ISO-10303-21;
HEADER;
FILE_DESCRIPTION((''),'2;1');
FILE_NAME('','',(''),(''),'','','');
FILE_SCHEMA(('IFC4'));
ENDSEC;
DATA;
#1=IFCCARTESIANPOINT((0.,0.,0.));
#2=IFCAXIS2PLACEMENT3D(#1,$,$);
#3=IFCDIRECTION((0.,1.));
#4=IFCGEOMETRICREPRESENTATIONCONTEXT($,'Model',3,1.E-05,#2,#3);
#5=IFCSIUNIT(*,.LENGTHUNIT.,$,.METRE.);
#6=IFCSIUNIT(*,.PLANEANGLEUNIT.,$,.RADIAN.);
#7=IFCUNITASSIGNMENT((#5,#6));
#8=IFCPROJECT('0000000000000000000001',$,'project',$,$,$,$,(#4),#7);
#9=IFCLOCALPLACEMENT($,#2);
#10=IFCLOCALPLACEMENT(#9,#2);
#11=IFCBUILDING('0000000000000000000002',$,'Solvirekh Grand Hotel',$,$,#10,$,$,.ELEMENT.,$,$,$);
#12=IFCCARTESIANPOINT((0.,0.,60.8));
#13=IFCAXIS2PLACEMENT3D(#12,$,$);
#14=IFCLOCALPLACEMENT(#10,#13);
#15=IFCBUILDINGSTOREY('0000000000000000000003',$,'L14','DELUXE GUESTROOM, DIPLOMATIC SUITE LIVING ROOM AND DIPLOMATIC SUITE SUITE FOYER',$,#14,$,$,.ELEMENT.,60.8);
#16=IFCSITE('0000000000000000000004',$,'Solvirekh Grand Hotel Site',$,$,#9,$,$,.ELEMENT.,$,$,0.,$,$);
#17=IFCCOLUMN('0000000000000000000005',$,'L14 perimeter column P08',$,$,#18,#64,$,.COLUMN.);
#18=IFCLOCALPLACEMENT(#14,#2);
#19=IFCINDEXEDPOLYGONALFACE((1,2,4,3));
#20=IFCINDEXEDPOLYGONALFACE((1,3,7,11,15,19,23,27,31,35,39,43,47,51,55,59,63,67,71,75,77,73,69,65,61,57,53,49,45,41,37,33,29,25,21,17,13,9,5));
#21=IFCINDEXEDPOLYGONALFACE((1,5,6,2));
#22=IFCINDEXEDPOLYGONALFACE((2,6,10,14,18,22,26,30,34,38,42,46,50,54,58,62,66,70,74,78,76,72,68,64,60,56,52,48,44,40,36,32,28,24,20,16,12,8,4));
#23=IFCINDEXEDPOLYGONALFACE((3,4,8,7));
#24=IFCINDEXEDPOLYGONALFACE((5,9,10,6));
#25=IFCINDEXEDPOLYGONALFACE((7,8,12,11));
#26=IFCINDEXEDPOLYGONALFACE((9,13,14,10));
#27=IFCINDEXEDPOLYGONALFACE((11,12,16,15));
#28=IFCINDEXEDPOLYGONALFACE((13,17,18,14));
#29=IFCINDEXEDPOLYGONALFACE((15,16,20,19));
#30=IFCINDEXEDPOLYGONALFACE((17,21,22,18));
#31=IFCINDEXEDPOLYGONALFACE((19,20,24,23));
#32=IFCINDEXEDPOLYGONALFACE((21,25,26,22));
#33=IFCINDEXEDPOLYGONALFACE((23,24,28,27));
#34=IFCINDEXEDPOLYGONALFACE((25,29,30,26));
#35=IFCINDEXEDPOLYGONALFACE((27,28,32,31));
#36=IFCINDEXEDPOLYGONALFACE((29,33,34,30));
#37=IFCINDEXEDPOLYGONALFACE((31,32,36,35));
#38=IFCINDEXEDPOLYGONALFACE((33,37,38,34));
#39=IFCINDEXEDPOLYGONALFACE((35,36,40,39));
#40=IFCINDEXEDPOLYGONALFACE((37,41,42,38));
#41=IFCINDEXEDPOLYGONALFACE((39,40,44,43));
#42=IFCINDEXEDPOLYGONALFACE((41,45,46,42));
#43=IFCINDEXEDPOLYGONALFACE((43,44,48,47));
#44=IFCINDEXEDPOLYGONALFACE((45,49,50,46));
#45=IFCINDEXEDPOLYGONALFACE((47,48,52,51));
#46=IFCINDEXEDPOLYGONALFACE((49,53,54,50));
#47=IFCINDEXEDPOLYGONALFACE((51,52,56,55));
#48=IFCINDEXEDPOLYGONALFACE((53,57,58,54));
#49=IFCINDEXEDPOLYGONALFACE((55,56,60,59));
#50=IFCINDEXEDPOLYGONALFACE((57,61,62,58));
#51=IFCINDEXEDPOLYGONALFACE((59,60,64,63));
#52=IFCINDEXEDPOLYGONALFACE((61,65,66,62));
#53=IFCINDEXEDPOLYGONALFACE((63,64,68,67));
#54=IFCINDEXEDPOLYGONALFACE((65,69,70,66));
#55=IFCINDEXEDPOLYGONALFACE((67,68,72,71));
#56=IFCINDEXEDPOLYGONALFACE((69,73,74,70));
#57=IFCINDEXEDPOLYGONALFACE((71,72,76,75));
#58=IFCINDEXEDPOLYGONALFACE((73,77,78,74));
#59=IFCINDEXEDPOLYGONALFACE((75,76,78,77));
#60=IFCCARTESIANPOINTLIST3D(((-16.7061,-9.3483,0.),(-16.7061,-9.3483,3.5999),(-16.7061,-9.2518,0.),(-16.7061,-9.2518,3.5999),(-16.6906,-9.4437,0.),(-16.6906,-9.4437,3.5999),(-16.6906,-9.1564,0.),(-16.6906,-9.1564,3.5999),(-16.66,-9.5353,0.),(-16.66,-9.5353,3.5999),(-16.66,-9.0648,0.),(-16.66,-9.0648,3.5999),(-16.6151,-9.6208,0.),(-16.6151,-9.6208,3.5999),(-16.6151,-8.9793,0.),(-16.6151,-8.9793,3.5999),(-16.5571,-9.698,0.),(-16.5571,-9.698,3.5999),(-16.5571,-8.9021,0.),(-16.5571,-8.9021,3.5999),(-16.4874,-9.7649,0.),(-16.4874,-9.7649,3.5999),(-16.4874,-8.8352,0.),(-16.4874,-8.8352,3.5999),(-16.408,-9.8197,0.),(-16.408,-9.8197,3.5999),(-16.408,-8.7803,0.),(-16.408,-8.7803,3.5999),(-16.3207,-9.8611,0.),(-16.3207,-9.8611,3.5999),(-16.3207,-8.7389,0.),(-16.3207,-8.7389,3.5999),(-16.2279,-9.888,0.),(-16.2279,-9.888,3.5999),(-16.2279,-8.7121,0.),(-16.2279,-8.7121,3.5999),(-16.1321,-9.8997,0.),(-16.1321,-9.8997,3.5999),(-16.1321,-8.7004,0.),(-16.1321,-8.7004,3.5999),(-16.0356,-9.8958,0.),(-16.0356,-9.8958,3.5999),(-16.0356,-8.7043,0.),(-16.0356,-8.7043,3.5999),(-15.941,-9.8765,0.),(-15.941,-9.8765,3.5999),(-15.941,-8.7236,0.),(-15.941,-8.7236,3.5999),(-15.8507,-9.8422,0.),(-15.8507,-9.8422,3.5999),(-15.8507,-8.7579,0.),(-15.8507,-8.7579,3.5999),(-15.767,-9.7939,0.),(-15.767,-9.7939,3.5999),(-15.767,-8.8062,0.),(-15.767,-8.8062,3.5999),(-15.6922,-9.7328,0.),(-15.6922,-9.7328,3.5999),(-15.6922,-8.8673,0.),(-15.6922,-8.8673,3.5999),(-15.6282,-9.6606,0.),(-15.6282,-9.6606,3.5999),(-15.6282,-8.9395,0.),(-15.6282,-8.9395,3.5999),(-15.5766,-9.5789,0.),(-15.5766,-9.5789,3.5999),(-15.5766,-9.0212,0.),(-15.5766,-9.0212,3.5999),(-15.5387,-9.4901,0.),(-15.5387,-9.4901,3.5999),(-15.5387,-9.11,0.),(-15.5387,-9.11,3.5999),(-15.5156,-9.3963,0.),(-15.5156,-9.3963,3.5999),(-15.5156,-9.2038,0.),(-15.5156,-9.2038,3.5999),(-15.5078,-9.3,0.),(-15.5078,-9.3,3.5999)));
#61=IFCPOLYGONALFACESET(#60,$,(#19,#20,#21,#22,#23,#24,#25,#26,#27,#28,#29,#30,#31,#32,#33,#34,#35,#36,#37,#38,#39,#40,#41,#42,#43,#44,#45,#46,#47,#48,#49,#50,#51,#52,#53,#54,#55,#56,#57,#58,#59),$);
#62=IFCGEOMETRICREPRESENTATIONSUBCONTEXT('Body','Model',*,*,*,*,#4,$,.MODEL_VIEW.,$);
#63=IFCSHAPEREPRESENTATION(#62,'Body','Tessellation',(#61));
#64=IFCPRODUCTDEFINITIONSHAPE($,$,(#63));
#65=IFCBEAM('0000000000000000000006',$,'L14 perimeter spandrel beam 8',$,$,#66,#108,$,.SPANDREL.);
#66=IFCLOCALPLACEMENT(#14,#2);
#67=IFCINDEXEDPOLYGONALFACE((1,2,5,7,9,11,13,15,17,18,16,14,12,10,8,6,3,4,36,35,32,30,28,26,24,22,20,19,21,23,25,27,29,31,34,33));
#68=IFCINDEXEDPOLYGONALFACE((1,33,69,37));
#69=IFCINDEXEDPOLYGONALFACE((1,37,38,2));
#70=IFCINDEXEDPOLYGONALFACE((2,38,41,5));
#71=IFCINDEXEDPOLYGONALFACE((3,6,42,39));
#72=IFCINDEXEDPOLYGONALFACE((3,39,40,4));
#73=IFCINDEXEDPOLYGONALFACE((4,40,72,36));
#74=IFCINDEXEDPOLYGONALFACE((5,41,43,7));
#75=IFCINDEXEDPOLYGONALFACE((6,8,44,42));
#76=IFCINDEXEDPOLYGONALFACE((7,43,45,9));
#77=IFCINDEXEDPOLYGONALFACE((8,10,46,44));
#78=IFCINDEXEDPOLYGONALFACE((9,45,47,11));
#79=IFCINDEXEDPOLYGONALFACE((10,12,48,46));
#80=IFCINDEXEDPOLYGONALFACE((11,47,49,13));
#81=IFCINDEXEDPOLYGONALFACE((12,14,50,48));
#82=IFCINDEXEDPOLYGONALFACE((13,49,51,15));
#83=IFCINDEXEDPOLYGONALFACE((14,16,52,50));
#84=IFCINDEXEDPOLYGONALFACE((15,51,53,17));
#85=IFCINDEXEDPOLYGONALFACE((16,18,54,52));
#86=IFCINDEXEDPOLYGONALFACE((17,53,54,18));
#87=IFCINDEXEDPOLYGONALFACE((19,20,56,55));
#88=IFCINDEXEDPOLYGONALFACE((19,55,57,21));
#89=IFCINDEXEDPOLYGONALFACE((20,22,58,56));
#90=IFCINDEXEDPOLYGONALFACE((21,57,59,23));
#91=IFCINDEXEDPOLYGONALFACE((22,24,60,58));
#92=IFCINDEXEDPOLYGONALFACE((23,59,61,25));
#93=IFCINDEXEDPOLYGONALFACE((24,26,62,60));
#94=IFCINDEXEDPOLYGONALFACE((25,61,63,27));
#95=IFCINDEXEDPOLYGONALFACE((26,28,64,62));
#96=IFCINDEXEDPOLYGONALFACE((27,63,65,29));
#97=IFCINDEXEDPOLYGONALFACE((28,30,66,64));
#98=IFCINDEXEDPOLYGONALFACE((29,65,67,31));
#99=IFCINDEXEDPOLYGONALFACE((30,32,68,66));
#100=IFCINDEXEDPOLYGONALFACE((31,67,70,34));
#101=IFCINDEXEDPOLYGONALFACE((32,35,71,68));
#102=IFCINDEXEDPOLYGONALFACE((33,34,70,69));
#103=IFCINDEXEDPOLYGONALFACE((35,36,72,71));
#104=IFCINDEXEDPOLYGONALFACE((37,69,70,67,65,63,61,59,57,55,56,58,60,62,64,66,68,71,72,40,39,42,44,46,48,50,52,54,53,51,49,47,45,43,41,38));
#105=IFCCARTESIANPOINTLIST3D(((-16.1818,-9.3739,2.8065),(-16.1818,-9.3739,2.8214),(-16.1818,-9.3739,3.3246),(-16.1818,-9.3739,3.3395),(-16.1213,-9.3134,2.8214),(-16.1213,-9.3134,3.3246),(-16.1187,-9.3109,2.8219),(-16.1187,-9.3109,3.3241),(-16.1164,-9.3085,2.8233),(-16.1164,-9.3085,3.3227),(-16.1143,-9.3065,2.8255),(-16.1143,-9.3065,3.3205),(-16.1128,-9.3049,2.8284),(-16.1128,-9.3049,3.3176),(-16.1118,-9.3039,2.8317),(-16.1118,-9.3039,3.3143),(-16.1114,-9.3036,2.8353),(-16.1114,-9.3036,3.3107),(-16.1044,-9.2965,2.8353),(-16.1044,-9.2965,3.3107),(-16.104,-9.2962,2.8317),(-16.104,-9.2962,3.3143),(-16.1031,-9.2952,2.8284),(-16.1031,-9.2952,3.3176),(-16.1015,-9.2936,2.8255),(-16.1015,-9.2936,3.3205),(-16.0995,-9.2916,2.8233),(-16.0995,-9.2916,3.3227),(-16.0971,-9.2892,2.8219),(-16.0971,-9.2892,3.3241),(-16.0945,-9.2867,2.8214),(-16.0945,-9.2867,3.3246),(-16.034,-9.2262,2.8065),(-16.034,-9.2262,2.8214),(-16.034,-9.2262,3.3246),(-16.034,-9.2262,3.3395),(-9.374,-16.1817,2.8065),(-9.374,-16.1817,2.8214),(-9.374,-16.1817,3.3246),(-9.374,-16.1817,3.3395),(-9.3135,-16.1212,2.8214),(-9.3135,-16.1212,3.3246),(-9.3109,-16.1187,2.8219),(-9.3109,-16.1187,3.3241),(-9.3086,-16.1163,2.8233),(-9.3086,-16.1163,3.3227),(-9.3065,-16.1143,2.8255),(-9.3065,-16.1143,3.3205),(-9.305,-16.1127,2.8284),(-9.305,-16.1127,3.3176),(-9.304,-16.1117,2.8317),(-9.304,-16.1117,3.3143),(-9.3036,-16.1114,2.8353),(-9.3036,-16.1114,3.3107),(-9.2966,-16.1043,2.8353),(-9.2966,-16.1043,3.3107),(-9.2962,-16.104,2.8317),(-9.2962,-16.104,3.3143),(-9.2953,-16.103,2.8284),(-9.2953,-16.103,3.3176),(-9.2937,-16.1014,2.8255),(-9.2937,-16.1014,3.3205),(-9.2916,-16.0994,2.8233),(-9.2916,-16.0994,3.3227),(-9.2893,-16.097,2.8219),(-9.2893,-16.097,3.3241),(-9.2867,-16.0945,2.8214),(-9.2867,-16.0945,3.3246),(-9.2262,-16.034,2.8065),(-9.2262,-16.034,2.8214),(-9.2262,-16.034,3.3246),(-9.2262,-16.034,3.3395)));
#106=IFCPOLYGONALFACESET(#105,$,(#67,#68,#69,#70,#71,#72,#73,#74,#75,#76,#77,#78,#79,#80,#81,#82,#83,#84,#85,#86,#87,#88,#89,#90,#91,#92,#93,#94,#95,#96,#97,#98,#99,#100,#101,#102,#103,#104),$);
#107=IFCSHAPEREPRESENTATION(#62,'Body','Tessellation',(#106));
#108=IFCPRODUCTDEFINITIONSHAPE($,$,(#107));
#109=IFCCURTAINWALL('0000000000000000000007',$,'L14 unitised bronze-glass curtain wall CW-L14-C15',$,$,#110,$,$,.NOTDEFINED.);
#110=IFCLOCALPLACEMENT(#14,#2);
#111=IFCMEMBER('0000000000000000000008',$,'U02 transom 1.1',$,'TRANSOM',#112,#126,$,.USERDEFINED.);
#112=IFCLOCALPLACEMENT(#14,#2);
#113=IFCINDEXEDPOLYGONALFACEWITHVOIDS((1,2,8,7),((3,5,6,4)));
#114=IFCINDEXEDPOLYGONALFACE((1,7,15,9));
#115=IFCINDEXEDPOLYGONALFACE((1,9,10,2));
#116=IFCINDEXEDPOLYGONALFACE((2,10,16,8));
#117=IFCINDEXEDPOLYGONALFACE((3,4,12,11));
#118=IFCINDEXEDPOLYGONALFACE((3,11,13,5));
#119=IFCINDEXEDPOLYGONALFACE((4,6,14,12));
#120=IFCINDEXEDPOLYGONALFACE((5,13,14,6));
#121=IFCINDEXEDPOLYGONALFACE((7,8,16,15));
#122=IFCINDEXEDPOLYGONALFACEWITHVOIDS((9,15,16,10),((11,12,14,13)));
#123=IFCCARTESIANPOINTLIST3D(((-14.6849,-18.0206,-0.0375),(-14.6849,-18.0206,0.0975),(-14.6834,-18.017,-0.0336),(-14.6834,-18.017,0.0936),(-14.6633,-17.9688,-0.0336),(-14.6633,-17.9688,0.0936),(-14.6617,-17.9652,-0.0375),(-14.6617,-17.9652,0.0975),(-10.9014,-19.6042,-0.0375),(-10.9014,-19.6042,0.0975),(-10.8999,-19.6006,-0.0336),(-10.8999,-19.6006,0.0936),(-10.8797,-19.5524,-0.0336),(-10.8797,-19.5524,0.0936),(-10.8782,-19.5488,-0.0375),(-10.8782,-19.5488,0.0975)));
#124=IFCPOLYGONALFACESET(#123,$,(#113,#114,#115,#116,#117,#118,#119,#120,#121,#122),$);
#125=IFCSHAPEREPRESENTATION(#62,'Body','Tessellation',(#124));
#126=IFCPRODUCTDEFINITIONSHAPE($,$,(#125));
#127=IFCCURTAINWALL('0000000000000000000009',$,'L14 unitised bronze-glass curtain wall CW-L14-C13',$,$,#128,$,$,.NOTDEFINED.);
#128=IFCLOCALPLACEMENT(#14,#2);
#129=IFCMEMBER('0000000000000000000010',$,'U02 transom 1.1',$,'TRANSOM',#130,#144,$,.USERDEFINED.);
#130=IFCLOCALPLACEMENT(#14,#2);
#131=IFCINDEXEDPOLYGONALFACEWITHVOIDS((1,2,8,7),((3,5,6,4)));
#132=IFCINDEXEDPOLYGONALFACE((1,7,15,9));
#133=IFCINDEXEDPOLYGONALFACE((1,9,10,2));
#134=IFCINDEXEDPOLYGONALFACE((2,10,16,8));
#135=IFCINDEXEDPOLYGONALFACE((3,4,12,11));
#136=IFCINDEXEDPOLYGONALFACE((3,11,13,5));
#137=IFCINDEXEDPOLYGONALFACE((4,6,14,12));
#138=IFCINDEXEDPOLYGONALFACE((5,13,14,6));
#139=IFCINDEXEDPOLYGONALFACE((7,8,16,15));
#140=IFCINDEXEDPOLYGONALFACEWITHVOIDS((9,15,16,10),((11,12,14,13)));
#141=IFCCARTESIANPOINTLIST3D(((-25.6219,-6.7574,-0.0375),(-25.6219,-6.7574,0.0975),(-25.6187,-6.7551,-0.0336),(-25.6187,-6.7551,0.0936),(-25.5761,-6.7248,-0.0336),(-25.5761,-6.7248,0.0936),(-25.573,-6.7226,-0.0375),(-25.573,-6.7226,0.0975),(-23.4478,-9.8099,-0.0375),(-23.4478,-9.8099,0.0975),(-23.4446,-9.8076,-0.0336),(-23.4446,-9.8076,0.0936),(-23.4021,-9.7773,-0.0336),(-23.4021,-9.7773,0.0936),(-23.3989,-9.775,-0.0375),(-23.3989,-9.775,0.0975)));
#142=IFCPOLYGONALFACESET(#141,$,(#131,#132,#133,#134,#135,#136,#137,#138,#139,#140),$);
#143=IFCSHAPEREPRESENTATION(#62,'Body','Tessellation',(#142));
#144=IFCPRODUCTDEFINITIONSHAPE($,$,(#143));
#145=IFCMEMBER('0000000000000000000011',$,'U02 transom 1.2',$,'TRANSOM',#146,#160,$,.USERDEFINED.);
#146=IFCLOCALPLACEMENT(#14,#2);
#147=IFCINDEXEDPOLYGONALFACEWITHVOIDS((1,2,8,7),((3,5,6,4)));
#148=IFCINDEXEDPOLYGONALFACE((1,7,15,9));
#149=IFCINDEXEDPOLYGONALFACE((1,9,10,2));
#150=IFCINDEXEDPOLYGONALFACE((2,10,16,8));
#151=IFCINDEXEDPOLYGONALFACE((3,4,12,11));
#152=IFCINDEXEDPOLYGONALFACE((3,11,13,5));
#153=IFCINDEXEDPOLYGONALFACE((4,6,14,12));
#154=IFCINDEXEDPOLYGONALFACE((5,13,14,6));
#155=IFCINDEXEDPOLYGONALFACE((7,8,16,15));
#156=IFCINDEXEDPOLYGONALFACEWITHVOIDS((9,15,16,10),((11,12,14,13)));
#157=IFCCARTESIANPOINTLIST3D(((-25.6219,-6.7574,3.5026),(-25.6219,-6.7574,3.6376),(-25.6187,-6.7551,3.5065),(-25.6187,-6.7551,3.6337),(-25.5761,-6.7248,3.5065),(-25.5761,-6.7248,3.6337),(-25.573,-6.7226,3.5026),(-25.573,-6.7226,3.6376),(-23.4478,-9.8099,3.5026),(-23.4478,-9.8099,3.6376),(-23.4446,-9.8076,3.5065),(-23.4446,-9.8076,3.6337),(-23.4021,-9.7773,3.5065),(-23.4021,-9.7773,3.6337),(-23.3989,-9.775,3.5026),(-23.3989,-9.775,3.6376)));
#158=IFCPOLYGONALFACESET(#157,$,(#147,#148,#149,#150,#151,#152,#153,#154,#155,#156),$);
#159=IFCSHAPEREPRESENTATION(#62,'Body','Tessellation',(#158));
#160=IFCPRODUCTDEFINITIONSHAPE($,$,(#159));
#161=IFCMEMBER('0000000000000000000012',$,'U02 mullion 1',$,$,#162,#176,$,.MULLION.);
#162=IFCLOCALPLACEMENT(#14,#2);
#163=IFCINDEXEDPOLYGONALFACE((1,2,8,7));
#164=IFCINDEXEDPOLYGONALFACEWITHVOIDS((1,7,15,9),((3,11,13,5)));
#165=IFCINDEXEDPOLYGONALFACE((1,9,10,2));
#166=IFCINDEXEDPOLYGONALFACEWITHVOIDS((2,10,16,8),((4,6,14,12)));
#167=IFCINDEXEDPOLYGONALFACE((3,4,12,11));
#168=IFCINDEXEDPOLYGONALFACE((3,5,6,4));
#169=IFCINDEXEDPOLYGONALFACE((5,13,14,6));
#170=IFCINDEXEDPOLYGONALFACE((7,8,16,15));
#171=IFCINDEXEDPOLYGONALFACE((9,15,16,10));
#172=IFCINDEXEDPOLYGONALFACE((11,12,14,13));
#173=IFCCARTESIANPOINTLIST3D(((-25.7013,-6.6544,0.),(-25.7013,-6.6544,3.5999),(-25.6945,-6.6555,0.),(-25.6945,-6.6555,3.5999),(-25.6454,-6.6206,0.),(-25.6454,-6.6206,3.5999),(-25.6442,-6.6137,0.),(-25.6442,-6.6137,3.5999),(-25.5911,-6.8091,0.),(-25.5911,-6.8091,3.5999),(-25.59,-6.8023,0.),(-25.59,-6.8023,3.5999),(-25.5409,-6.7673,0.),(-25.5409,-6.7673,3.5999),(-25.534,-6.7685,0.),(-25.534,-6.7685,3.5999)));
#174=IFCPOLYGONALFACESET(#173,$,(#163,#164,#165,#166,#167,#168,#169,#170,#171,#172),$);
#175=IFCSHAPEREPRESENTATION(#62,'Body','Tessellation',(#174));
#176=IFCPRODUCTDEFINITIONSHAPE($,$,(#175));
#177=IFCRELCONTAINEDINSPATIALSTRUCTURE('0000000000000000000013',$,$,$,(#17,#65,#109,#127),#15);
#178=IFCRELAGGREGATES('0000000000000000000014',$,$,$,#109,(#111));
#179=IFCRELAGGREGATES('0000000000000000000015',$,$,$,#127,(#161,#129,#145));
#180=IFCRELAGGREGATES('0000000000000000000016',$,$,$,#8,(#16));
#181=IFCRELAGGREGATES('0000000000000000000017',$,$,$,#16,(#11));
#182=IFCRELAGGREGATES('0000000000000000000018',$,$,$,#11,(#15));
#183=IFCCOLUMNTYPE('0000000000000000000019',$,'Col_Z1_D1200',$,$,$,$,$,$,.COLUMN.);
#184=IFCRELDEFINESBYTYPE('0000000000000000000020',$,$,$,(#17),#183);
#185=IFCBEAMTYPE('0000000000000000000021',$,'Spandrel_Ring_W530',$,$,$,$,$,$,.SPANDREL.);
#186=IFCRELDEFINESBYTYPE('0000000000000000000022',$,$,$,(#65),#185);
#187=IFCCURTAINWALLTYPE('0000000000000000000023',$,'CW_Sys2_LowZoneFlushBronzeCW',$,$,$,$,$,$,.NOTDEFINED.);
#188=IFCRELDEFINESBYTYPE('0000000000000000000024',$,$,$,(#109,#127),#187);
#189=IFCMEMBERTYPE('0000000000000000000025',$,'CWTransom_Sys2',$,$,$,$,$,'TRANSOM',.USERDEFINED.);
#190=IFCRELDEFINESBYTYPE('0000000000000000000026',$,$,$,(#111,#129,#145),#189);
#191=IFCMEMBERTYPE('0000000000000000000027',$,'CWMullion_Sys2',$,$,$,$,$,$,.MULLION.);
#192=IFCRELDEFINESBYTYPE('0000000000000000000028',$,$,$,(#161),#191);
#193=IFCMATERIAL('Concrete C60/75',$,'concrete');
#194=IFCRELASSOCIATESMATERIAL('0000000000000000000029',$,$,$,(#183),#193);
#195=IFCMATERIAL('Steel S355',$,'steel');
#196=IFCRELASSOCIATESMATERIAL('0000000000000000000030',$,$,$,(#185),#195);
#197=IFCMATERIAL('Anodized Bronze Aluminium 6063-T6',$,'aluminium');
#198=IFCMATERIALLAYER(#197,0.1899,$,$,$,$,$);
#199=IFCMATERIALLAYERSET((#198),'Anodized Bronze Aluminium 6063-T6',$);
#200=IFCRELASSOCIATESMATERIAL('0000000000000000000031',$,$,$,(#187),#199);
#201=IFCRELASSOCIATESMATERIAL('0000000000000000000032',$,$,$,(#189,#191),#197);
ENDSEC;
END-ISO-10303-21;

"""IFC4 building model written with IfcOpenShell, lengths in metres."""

from ifc_helpers import new_model, si_unit, direction, frame, origin, origin_2d, place, context, subcontext, project, spatial, hollow_rectangle, circle, i_section, extrude, source, transform, mapped, material, layer, layer_set, material_profile, profile_set, type_object, element, aggregate, save


model = new_model("IFC4")

# Units and contexts
model_context = context("Model", 3, precision=1e-05, world=origin(), true_north=direction((0.0, 1.0)))
body_context = subcontext(model_context, "Body", "Model", "MODEL_VIEW")
ifc_project = project(units=[si_unit("LENGTHUNIT", "METRE"), si_unit("PLANEANGLEUNIT", "RADIAN")], contexts=[model_context])

# Site, building, storey
site_placement = place(None, origin())
site = spatial("IfcSite", under=ifc_project, at=site_placement, Name="Solvirekh Grand Hotel Site", CompositionType="ELEMENT", RefElevation=0.0)
building_placement = place(site_placement, origin())
building = spatial("IfcBuilding", under=site, at=building_placement, Name="Solvirekh Grand Hotel", CompositionType="ELEMENT")
storey_placement = place(building_placement, frame((0.0, 0.0, 60.8)))
storey = spatial("IfcBuildingStorey", under=building, at=storey_placement, Name="L14", Description="DELUXE GUESTROOM, DIPLOMATIC SUITE LIVING ROOM AND DIPLOMATIC SUITE SUITE FOYER", CompositionType="ELEMENT", Elevation=60.8)

# Column
ifc_material_1 = material(Name="Concrete C60/75", Category="concrete")
ifc_material_profile_1 = material_profile(ifc_material_1, circle(Radius=0.6001, at=origin_2d()), Name="RC CIRC D1200")
ifc_profile_set_1 = profile_set([ifc_material_profile_1], Name="Concrete C60/75")
column_type = type_object("IfcColumnType", Name="Col_Z1_D1200", PredefinedType="COLUMN", material=ifc_profile_set_1)
column_placement = place(storey_placement, frame((-16.1079, -9.3, 0.0), z_axis=(0.0, 0.0, 1.0), x_axis=(1.0, 0.0, 0.0)))
element("IfcColumn", 1, at=column_placement, inside=storey, type_object=column_type, Name="L14 perimeter column P08", PredefinedType="COLUMN", context=body_context, shape_type="SweptSolid", body=[
    extrude(circle(Radius=0.6001, at=origin_2d()), origin(), (0.0, 0.0, 1.0), 3.5999),
])

# Beam
ifc_material_2 = material(Name="Steel S355", Category="steel")
ifc_material_profile_2 = material_profile(ifc_material_2, i_section(OverallWidth=0.209, OverallDepth=0.533, WebThickness=0.01, FlangeThickness=0.0149, FilletRadius=0.0139, at=origin_2d()), Name="W530X92")
ifc_profile_set_2 = profile_set([ifc_material_profile_2], Name="Steel S355")
beam_type = type_object("IfcBeamType", Name="Spandrel_Ring_W530", PredefinedType="SPANDREL", material=ifc_profile_set_2)
beam_placement = place(storey_placement, frame((-16.1079, -9.3, 3.073), z_axis=(0.707107, -0.707107, 0.0), x_axis=(0.707107, 0.707107, 0.0)))
element("IfcBeam", 2, at=beam_placement, inside=storey, type_object=beam_type, Name="L14 perimeter spandrel beam 8", PredefinedType="SPANDREL", context=body_context, shape_type="SweptSolid", body=[
    extrude(i_section(OverallWidth=0.209, OverallDepth=0.533, WebThickness=0.01, FlangeThickness=0.0149, FilletRadius=0.0139, at=origin_2d()), origin(), (0.0, 0.0, 1.0), 9.6277),
])

# Curtain wall, member
ifc_material_3 = material(Name="Anodized Bronze Aluminium 6063-T6", Category="aluminium")
ifc_layer_1 = layer(ifc_material_3, 0.1899)
ifc_layer_set_1 = layer_set([ifc_layer_1], Name="Anodized Bronze Aluminium 6063-T6")
curtain_wall_type = type_object("IfcCurtainWallType", Name="CW_Sys2_LowZoneFlushBronzeCW", PredefinedType="NOTDEFINED", material=ifc_layer_set_1)
curtain_wall_1_placement = place(storey_placement, origin())
curtain_wall_1 = element("IfcCurtainWall", 3, at=curtain_wall_1_placement, inside=storey, type_object=curtain_wall_type, Name="L14 unitised bronze-glass curtain wall CW-L14-C15", PredefinedType="NOTDEFINED")
ifc_material_profile_3 = material_profile(ifc_material_3, hollow_rectangle(XDim=0.0601, YDim=0.135, WallThickness=0.0039, at=origin_2d()), Name="ALU RHS 135X60X4")
ifc_profile_set_3 = profile_set([ifc_material_profile_3], Name="Anodized Bronze Aluminium 6063-T6")
member_type_1 = type_object("IfcMemberType", Name="CWTransom_Sys2", ElementType="TRANSOM", PredefinedType="USERDEFINED", material=ifc_profile_set_3)
shared_shape_1 = source(origin(), body_context, "Body", "SweptSolid", [
    extrude(hollow_rectangle(XDim=0.0601, YDim=0.135, WallThickness=0.0039, at=origin_2d()), origin(), (0.0, 0.0, 1.0), 4.1016),
])
member_1_placement = place(storey_placement, frame((-14.6733, -17.9929, 0.03), z_axis=(0.922465, -0.386082, 0.0), x_axis=(0.386082, 0.922465, 0.0)))
member_1 = element("IfcMember", 4, at=member_1_placement, type_object=member_type_1, Name="U02 transom 1.1", ObjectType="TRANSOM", PredefinedType="USERDEFINED", context=body_context, shape_type="MappedRepresentation", body=[
    mapped(shared_shape_1, transform((0.0, 0.0, 0.0), x_axis=(1.0, 0.0, 0.0), y_axis=(0.0, 1.0, 0.0), z_axis=(0.0, 0.0, 1.0), scale=1.0)),
])

# Curtain wall, members
curtain_wall_2_placement = place(storey_placement, origin())
curtain_wall_2 = element("IfcCurtainWall", 5, at=curtain_wall_2_placement, inside=storey, type_object=curtain_wall_type, Name="L14 unitised bronze-glass curtain wall CW-L14-C13", PredefinedType="NOTDEFINED")
shared_shape_2 = source(origin(), body_context, "Body", "SweptSolid", [
    extrude(hollow_rectangle(XDim=0.0601, YDim=0.135, WallThickness=0.0039, at=origin_2d()), origin(), (0.0, 0.0, 1.0), 3.7476),
])
member_2_placement = place(storey_placement, frame((-25.5974, -6.74, 0.03), z_axis=(0.580128, -0.814525, 0.0), x_axis=(0.814525, 0.580128, 0.0)))
member_2 = element("IfcMember", 6, at=member_2_placement, type_object=member_type_1, Name="U02 transom 1.1", ObjectType="TRANSOM", PredefinedType="USERDEFINED", context=body_context, shape_type="MappedRepresentation", body=[
    mapped(shared_shape_2, transform((0.0, 0.0, 0.0), x_axis=(1.0, 0.0, 0.0), y_axis=(0.0, 1.0, 0.0), z_axis=(0.0, 0.0, 1.0), scale=1.0)),
])
member_3_placement = place(storey_placement, frame((-25.5974, -6.74, 3.5701), z_axis=(0.580128, -0.814525, 0.0), x_axis=(0.814525, 0.580128, 0.0)))
member_3 = element("IfcMember", 7, at=member_3_placement, type_object=member_type_1, Name="U02 transom 1.2", ObjectType="TRANSOM", PredefinedType="USERDEFINED", context=body_context, shape_type="MappedRepresentation", body=[
    mapped(shared_shape_2, transform((0.0, 0.0, 0.0), x_axis=(1.0, 0.0, 0.0), y_axis=(0.0, 1.0, 0.0), z_axis=(0.0, 0.0, 1.0), scale=1.0)),
])
ifc_material_profile_4 = material_profile(ifc_material_3, hollow_rectangle(XDim=0.0701, YDim=0.1899, WallThickness=0.0049, at=origin_2d()), Name="ALU RHS 190X70X5")
ifc_profile_set_4 = profile_set([ifc_material_profile_4], Name="Anodized Bronze Aluminium 6063-T6")
member_type_2 = type_object("IfcMemberType", Name="CWMullion_Sys2", PredefinedType="MULLION", material=ifc_profile_set_4)
shared_shape_3 = source(origin(), body_context, "Body", "SweptSolid", [
    extrude(hollow_rectangle(XDim=0.0701, YDim=0.1899, WallThickness=0.0049, at=origin_2d()), origin(), (0.0, 0.0, 1.0), 3.5999),
])
member_4_placement = place(storey_placement, frame((-25.6177, -6.7114, 0.0), z_axis=(0.0, 0.0, 1.0), x_axis=(0.814522, 0.580133, 0.0)))
member_4 = element("IfcMember", 8, at=member_4_placement, type_object=member_type_2, Name="U02 mullion 1", PredefinedType="MULLION", context=body_context, shape_type="MappedRepresentation", body=[
    mapped(shared_shape_3, transform((0.0, 0.0, 0.0), x_axis=(1.0, 0.0, 0.0), y_axis=(0.0, 1.0, 0.0), z_axis=(0.0, 0.0, 1.0), scale=1.0)),
])

aggregate(curtain_wall_1, [member_1])

aggregate(curtain_wall_2, [member_4, member_2, member_3])

save(model, "model.ifc")
